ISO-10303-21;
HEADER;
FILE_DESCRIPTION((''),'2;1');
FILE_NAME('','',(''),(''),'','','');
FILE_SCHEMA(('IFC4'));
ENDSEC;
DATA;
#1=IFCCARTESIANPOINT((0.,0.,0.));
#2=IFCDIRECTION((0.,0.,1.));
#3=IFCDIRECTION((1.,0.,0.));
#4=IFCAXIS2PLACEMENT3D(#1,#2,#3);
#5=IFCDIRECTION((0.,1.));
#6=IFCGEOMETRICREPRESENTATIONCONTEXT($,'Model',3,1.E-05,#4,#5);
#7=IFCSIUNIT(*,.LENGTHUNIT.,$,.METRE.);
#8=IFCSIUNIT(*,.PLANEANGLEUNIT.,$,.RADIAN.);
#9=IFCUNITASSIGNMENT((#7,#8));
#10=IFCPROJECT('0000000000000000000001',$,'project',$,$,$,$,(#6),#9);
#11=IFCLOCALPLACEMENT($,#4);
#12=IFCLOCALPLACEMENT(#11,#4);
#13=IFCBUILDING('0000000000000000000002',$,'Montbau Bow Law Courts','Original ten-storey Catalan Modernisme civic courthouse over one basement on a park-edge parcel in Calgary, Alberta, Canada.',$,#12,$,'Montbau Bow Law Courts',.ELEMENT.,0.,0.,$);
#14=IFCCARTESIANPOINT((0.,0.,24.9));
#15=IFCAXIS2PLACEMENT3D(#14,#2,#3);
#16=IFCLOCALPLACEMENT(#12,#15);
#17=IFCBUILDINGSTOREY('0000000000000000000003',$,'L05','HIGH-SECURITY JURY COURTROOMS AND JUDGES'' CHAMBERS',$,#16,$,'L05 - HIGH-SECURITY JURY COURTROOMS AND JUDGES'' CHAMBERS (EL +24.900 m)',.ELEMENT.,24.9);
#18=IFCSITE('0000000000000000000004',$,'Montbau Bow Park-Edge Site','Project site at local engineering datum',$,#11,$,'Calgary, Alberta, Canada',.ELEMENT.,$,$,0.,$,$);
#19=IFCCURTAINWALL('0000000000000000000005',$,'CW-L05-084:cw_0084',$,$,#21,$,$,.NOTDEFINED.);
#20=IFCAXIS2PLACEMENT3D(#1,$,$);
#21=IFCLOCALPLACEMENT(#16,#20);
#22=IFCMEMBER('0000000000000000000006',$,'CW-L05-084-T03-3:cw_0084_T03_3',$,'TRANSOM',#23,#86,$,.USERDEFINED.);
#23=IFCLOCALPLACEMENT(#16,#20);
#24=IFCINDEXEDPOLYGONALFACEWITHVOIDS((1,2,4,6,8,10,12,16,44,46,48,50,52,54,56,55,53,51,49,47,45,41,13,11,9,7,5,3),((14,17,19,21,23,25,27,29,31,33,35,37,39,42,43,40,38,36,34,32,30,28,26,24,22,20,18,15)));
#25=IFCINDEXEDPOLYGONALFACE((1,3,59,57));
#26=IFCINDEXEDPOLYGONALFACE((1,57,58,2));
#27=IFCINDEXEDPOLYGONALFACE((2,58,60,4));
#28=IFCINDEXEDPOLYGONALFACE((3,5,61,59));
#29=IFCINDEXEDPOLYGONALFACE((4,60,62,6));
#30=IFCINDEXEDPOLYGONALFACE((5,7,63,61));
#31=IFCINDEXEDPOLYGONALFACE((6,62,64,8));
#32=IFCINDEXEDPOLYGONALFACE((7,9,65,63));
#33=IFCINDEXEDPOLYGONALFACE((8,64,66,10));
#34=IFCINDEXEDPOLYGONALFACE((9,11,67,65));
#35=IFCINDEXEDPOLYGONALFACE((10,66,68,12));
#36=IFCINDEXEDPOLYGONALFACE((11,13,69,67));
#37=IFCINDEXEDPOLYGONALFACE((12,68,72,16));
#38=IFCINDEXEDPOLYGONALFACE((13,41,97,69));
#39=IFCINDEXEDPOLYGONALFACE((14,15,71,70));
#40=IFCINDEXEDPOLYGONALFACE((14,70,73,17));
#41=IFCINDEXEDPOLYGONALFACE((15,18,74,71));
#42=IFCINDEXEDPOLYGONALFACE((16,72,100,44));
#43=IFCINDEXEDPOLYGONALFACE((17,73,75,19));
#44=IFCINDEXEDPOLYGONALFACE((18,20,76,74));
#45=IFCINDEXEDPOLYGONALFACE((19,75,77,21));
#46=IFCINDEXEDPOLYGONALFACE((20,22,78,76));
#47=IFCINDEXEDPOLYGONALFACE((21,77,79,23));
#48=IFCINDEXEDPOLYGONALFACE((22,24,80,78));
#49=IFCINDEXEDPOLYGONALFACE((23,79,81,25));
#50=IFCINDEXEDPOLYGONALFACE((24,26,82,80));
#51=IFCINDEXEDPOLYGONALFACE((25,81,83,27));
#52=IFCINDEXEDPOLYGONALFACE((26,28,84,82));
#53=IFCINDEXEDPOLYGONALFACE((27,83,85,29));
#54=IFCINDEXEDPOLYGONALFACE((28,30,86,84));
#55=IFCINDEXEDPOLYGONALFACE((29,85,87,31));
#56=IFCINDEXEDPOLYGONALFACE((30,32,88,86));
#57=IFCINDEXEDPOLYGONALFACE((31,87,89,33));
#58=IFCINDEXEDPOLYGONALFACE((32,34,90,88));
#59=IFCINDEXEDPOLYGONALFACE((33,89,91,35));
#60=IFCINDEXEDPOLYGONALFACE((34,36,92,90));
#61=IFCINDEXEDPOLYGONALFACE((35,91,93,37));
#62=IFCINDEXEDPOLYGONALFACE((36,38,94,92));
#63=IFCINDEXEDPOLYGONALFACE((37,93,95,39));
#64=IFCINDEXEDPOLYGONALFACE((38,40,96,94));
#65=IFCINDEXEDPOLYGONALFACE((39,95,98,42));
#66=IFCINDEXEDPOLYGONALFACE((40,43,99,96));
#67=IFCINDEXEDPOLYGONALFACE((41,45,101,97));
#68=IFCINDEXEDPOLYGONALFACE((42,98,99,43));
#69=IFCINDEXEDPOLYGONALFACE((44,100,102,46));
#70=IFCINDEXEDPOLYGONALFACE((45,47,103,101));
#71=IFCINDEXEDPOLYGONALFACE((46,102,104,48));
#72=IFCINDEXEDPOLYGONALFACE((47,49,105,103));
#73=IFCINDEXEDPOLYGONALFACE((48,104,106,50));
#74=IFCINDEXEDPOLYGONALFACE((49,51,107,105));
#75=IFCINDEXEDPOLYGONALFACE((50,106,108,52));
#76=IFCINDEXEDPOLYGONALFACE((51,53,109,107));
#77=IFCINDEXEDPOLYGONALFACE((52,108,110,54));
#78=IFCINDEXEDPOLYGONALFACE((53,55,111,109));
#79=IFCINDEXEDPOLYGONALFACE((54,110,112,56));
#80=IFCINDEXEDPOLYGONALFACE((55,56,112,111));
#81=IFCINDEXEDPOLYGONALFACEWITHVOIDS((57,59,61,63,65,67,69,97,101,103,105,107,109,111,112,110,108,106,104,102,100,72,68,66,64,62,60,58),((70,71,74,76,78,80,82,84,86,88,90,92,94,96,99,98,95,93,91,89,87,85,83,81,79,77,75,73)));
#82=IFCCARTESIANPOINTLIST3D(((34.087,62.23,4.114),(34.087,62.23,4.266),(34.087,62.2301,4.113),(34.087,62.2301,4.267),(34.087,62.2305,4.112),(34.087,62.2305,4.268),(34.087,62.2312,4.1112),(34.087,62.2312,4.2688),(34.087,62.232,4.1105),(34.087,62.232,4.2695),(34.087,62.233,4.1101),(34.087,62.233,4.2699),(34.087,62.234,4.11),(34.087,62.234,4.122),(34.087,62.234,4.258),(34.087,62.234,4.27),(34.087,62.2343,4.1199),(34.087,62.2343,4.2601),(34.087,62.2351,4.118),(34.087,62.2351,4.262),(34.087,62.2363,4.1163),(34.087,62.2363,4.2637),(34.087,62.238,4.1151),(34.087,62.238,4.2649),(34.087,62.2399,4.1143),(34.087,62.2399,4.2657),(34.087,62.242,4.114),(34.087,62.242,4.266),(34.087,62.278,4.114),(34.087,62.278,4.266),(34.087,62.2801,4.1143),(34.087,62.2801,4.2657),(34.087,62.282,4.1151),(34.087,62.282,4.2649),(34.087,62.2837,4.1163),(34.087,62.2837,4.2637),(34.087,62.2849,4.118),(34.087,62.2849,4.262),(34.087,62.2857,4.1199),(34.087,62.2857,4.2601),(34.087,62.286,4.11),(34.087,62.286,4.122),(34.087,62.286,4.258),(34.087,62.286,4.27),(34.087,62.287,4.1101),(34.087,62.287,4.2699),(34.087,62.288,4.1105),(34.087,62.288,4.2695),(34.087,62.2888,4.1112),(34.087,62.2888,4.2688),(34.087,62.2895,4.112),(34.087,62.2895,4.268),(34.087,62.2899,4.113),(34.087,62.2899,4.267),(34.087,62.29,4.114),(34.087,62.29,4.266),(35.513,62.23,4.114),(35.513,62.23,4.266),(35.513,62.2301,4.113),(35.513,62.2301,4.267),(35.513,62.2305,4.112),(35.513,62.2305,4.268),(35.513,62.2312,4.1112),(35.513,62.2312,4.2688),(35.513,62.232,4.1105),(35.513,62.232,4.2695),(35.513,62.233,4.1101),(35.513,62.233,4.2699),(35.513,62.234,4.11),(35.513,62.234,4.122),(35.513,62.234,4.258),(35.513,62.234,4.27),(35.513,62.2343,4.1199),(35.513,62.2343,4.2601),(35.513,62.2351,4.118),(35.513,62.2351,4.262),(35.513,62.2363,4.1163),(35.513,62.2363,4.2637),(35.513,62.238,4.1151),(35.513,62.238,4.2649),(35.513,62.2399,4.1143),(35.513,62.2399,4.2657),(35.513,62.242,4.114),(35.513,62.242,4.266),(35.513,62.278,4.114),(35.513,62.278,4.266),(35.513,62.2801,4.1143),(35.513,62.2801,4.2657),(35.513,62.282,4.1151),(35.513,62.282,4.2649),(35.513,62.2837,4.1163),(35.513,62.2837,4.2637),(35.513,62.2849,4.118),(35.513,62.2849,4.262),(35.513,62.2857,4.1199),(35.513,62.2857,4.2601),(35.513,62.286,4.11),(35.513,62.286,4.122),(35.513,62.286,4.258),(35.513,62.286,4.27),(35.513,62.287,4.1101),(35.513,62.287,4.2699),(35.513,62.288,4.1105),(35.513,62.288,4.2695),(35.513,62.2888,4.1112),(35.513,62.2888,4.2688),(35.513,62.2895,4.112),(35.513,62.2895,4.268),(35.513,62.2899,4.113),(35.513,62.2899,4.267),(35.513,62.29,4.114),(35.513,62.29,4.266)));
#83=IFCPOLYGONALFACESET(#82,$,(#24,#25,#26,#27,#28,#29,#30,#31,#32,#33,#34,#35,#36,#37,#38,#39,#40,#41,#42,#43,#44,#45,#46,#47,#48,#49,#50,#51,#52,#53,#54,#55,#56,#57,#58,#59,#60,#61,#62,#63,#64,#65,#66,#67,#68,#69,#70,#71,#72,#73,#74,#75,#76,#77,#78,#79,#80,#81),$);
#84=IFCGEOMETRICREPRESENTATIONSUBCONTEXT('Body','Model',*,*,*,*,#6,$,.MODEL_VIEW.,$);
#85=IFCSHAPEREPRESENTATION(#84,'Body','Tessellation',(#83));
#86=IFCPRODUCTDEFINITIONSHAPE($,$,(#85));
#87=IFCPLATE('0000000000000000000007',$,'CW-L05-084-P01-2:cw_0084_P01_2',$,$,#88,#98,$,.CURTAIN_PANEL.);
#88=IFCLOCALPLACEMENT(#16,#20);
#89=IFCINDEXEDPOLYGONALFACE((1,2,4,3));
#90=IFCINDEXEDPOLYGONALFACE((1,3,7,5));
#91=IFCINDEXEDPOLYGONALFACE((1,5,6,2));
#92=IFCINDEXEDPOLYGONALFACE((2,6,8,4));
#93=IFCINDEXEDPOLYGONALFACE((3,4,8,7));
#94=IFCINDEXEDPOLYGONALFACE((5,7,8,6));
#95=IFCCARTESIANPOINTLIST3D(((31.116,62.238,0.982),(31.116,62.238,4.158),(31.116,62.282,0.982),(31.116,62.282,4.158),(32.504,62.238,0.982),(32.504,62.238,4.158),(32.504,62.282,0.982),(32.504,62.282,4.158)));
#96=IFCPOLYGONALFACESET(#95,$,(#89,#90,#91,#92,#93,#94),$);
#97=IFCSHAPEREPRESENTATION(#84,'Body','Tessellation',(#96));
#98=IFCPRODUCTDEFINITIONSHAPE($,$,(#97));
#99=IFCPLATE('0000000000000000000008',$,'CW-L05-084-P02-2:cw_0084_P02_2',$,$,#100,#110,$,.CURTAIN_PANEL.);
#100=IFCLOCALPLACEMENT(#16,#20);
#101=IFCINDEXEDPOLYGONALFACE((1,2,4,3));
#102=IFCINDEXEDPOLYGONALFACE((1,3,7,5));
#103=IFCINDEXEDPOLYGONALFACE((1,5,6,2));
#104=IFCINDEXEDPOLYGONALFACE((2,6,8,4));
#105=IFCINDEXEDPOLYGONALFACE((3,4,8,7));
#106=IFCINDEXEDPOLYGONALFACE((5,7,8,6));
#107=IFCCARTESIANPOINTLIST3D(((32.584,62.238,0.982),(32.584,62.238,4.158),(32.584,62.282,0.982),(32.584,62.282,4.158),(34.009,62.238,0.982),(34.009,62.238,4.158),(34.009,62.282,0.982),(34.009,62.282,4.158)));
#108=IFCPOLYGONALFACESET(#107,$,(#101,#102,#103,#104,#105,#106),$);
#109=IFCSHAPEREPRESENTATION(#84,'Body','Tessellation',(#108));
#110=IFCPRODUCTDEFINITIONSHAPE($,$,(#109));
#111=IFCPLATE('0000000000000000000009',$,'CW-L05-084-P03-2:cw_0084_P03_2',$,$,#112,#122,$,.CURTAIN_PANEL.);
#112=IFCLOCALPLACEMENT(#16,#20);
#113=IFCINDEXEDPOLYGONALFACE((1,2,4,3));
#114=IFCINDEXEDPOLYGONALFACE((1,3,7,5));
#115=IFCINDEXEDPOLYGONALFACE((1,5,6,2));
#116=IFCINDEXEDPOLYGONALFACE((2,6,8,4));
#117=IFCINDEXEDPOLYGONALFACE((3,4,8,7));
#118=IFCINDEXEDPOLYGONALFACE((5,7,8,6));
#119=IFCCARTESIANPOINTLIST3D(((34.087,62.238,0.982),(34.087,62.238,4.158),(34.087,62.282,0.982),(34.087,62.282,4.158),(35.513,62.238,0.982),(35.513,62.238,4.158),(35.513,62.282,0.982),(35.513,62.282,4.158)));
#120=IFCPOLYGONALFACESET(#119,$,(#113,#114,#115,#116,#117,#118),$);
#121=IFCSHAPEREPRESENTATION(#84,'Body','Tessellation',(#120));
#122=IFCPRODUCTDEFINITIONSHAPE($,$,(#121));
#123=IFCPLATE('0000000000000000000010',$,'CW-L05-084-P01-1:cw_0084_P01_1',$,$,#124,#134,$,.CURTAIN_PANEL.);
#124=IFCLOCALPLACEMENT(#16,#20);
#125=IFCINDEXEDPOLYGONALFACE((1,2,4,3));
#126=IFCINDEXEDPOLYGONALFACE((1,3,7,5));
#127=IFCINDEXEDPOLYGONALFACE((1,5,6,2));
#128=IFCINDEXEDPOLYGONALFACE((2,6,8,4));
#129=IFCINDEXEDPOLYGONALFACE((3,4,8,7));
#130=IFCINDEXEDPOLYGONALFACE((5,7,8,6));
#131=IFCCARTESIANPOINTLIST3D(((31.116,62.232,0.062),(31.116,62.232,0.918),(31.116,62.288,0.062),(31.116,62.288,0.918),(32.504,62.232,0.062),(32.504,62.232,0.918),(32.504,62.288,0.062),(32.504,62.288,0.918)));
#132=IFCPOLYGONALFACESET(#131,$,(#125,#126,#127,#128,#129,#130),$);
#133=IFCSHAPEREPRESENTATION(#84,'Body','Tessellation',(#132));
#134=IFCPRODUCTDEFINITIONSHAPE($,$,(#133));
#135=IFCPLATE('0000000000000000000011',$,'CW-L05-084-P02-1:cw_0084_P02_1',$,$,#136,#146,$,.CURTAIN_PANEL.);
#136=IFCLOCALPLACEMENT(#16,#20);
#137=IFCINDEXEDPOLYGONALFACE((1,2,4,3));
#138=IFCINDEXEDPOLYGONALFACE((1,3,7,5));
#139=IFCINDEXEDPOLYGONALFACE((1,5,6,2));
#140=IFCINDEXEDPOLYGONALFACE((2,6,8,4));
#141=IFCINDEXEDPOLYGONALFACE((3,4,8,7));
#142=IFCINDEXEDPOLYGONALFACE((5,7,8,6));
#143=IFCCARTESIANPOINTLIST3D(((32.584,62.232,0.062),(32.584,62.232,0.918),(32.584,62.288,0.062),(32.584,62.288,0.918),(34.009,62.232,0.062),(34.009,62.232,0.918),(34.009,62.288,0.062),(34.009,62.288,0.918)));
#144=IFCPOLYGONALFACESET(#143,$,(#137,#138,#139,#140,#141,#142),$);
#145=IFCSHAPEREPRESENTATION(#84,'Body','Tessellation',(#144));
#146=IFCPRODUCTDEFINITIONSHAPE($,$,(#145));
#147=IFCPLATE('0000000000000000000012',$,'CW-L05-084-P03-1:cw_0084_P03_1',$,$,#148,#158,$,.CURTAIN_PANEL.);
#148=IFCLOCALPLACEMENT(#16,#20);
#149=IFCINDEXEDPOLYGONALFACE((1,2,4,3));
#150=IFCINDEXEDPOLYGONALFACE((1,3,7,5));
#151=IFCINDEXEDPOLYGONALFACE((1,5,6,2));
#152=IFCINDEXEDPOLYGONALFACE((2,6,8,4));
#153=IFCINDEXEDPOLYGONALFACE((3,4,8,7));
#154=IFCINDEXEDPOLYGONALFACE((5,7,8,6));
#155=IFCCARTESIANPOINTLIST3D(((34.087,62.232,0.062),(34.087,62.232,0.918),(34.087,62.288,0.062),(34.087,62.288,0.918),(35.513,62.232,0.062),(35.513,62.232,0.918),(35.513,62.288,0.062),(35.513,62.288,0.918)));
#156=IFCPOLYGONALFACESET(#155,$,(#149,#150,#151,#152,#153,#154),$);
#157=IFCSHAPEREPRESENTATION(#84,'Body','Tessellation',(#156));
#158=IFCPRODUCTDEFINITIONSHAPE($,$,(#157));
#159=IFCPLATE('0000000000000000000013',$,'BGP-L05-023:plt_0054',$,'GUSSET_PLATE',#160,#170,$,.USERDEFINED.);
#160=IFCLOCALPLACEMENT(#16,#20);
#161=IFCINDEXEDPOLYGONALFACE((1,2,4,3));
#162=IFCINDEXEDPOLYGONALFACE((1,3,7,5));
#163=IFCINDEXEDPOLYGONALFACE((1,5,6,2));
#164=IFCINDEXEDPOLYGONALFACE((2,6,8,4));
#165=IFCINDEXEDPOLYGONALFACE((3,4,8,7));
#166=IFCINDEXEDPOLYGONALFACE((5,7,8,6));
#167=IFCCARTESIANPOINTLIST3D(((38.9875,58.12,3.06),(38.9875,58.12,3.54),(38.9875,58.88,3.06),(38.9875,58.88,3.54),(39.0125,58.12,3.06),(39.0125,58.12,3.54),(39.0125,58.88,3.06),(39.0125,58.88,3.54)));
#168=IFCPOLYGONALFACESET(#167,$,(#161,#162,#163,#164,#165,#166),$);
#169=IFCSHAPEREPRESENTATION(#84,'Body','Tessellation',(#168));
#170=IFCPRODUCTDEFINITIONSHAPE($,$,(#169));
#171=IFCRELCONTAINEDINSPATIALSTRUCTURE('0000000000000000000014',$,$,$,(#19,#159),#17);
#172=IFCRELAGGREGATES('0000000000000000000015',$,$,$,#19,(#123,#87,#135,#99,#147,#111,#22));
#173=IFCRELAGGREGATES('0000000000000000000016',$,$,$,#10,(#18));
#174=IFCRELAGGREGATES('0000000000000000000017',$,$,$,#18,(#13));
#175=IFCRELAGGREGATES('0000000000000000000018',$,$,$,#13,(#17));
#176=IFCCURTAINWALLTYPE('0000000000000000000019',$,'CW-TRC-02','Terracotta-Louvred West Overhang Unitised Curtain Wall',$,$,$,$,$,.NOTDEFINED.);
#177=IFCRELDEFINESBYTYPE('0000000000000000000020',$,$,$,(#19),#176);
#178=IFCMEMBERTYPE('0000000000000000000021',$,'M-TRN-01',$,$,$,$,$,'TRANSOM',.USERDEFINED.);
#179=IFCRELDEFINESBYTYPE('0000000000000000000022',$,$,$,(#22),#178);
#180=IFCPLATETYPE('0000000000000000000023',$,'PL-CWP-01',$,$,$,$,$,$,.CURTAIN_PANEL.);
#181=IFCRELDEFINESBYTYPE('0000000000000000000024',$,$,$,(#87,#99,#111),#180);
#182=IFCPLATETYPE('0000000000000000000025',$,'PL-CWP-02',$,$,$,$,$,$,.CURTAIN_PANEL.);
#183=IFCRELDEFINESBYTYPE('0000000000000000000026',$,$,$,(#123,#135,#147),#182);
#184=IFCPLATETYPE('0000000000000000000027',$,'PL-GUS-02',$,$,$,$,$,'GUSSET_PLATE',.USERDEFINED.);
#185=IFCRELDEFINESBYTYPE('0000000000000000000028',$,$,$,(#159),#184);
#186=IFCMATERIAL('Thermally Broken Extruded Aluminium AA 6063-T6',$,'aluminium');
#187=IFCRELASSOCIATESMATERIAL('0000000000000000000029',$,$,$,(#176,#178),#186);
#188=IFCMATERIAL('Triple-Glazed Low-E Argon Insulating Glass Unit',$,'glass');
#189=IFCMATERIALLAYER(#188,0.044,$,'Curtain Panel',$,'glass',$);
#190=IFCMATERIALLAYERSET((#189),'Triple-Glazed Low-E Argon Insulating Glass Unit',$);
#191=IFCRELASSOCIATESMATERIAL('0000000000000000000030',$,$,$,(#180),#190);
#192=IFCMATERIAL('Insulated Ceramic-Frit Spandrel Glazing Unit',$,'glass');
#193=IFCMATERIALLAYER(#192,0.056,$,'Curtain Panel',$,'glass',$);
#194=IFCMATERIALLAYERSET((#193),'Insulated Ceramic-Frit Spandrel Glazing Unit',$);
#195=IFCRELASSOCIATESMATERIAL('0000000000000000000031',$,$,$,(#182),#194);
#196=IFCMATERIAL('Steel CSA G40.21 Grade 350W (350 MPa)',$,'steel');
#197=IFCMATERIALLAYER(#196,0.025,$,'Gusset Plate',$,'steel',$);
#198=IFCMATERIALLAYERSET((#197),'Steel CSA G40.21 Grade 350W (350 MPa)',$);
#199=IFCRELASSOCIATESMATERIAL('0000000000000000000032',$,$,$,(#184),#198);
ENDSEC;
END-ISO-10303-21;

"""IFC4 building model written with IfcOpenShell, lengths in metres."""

from ifc_helpers import new_model, si_unit, direction, frame, frame_2d, origin_with_axes, origin_2d_with_axis, place, context, subcontext, project, spatial, rectangle, hollow_rectangle, extrude, material, layer, layer_set, material_profile, profile_set, type_object, element, aggregate, save


model = new_model("IFC4")

# Units and contexts
model_context = context("Model", 3, precision=1e-05, world=origin_with_axes(), true_north=direction((0.0, 1.0)))
body_context = subcontext(model_context, "Body", "Model", "MODEL_VIEW")
ifc_project = project(units=[si_unit("LENGTHUNIT", "METRE"), si_unit("PLANEANGLEUNIT", "RADIAN")], contexts=[model_context])

# Site, building, storey
site_placement = place(None, origin_with_axes())
site = spatial("IfcSite", under=ifc_project, at=site_placement, Name="Montbau Bow Park-Edge Site", Description="Project site at local engineering datum", LongName="Calgary, Alberta, Canada", CompositionType="ELEMENT", RefElevation=0.0)
building_placement = place(site_placement, origin_with_axes())
building = spatial("IfcBuilding", under=site, at=building_placement, Name="Montbau Bow Law Courts", Description="Original ten-storey Catalan Modernisme civic courthouse over one basement on a park-edge parcel in Calgary, Alberta, Canada.", LongName="Montbau Bow Law Courts", CompositionType="ELEMENT", ElevationOfRefHeight=0.0, ElevationOfTerrain=0.0)
storey_placement = place(building_placement, frame((0.0, 0.0, 24.9), z_axis=(0.0, 0.0, 1.0), x_axis=(1.0, 0.0, 0.0)))
storey = spatial("IfcBuildingStorey", under=building, at=storey_placement, Name="L05", Description="HIGH-SECURITY JURY COURTROOMS AND JUDGES' CHAMBERS", LongName="L05 - HIGH-SECURITY JURY COURTROOMS AND JUDGES' CHAMBERS (EL +24.900 m)", CompositionType="ELEMENT", Elevation=24.9)

# Shared definitions
ifc_material_1 = material(Name="Steel CSA G40.21 Grade 350W (350 MPa)", Category="steel")

# Curtain wall, member, plates
ifc_material_2 = material(Name="Thermally Broken Extruded Aluminium AA 6063-T6", Category="aluminium")
curtain_wall_type = type_object("IfcCurtainWallType", Name="CW-TRC-02", Description="Terracotta-Louvred West Overhang Unitised Curtain Wall", PredefinedType="NOTDEFINED", material=ifc_material_2)
curtain_wall_placement = place(None, frame((31.04, 62.26, 24.9), z_axis=(0.0, 0.0, 1.0), x_axis=(1.0, 0.0, 0.0)))
curtain_wall = element("IfcCurtainWall", 1, at=curtain_wall_placement, inside=storey, type_object=curtain_wall_type, Name="CW-L05-084:cw_0084", PredefinedType="NOTDEFINED")
ifc_material_profile_1 = material_profile(ifc_material_2, hollow_rectangle(XDim=0.06, YDim=0.16, WallThickness=0.004, InnerFilletRadius=0.008, OuterFilletRadius=0.004, at=origin_2d_with_axis()), Name="CWT-160X60", Category="Main", Priority=0)
ifc_profile_set_1 = profile_set([ifc_material_profile_1], Name="Thermally Broken Extruded Aluminium AA 6063-T6")
member_type_1 = type_object("IfcMemberType", Name="M-TRN-01", ElementType="TRANSOM", PredefinedType="USERDEFINED", material=ifc_profile_set_1)
member_1_placement = place(None, frame((34.087, 62.26, 29.09), z_axis=(1.0, 0.0, 0.0), x_axis=(0.0, 1.0, 0.0)))
member_1 = element("IfcMember", 2, at=member_1_placement, type_object=member_type_1, Name="CW-L05-084-T03-3:cw_0084_T03_3", ObjectType="TRANSOM", PredefinedType="USERDEFINED", context=body_context, shape_type="SweptSolid", body=[
    extrude(hollow_rectangle(XDim=0.06, YDim=0.16, WallThickness=0.004, InnerFilletRadius=0.008, OuterFilletRadius=0.004, at=origin_2d_with_axis()), origin_with_axes(), (0.0, 0.0, 1.0), 1.426),
])
ifc_material_3 = material(Name="Triple-Glazed Low-E Argon Insulating Glass Unit", Category="glass")
ifc_layer_1 = layer(ifc_material_3, 0.044, Name="Curtain Panel", Category="glass")
ifc_layer_set_1 = layer_set([ifc_layer_1], Name="Triple-Glazed Low-E Argon Insulating Glass Unit")
plate_type_1 = type_object("IfcPlateType", Name="PL-CWP-01", PredefinedType="CURTAIN_PANEL", material=ifc_layer_set_1)
plate_1_placement = place(None, frame((31.116, 62.26, 25.882), z_axis=(0.0, -1.0, 0.0), x_axis=(1.0, 0.0, 0.0)))
plate_1 = element("IfcPlate", 3, at=plate_1_placement, type_object=plate_type_1, Name="CW-L05-084-P01-2:cw_0084_P01_2", PredefinedType="CURTAIN_PANEL", context=body_context, shape_type="SweptSolid", body=[
    extrude(rectangle(XDim=1.388, YDim=3.176, at=frame_2d((0.694, 1.588), x_axis=(1.0, 0.0))), frame((0.0, 0.0, -0.022), z_axis=(0.0, 0.0, 1.0), x_axis=(1.0, 0.0, 0.0)), (0.0, 0.0, 1.0), 0.044),
])
plate_2_placement = place(None, frame((32.584, 62.26, 25.882), z_axis=(0.0, -1.0, 0.0), x_axis=(1.0, 0.0, 0.0)))
plate_2 = element("IfcPlate", 4, at=plate_2_placement, type_object=plate_type_1, Name="CW-L05-084-P02-2:cw_0084_P02_2", PredefinedType="CURTAIN_PANEL", context=body_context, shape_type="SweptSolid", body=[
    extrude(rectangle(XDim=1.425, YDim=3.176, at=frame_2d((0.7125, 1.588), x_axis=(1.0, 0.0))), frame((0.0, 0.0, -0.022), z_axis=(0.0, 0.0, 1.0), x_axis=(1.0, 0.0, 0.0)), (0.0, 0.0, 1.0), 0.044),
])
plate_3_placement = place(None, frame((34.087, 62.26, 25.882), z_axis=(0.0, -1.0, 0.0), x_axis=(1.0, 0.0, 0.0)))
plate_3 = element("IfcPlate", 5, at=plate_3_placement, type_object=plate_type_1, Name="CW-L05-084-P03-2:cw_0084_P03_2", PredefinedType="CURTAIN_PANEL", context=body_context, shape_type="SweptSolid", body=[
    extrude(rectangle(XDim=1.426, YDim=3.176, at=frame_2d((0.713, 1.588), x_axis=(1.0, 0.0))), frame((0.0, 0.0, -0.022), z_axis=(0.0, 0.0, 1.0), x_axis=(1.0, 0.0, 0.0)), (0.0, 0.0, 1.0), 0.044),
])
ifc_material_4 = material(Name="Insulated Ceramic-Frit Spandrel Glazing Unit", Category="glass")
ifc_layer_2 = layer(ifc_material_4, 0.056, Name="Curtain Panel", Category="glass")
ifc_layer_set_2 = layer_set([ifc_layer_2], Name="Insulated Ceramic-Frit Spandrel Glazing Unit")
plate_type_2 = type_object("IfcPlateType", Name="PL-CWP-02", PredefinedType="CURTAIN_PANEL", material=ifc_layer_set_2)
plate_4_placement = place(None, frame((31.116, 62.26, 24.962), z_axis=(0.0, -1.0, 0.0), x_axis=(1.0, 0.0, 0.0)))
plate_4 = element("IfcPlate", 6, at=plate_4_placement, type_object=plate_type_2, Name="CW-L05-084-P01-1:cw_0084_P01_1", PredefinedType="CURTAIN_PANEL", context=body_context, shape_type="SweptSolid", body=[
    extrude(rectangle(XDim=1.388, YDim=0.856, at=frame_2d((0.694, 0.428), x_axis=(1.0, 0.0))), frame((0.0, 0.0, -0.028), z_axis=(0.0, 0.0, 1.0), x_axis=(1.0, 0.0, 0.0)), (0.0, 0.0, 1.0), 0.056),
])
plate_5_placement = place(None, frame((32.584, 62.26, 24.962), z_axis=(0.0, -1.0, 0.0), x_axis=(1.0, 0.0, 0.0)))
plate_5 = element("IfcPlate", 7, at=plate_5_placement, type_object=plate_type_2, Name="CW-L05-084-P02-1:cw_0084_P02_1", PredefinedType="CURTAIN_PANEL", context=body_context, shape_type="SweptSolid", body=[
    extrude(rectangle(XDim=1.425, YDim=0.856, at=frame_2d((0.7125, 0.428), x_axis=(1.0, 0.0))), frame((0.0, 0.0, -0.028), z_axis=(0.0, 0.0, 1.0), x_axis=(1.0, 0.0, 0.0)), (0.0, 0.0, 1.0), 0.056),
])
plate_6_placement = place(None, frame((34.087, 62.26, 24.962), z_axis=(0.0, -1.0, 0.0), x_axis=(1.0, 0.0, 0.0)))
plate_6 = element("IfcPlate", 8, at=plate_6_placement, type_object=plate_type_2, Name="CW-L05-084-P03-1:cw_0084_P03_1", PredefinedType="CURTAIN_PANEL", context=body_context, shape_type="SweptSolid", body=[
    extrude(rectangle(XDim=1.426, YDim=0.856, at=frame_2d((0.713, 0.428), x_axis=(1.0, 0.0))), frame((0.0, 0.0, -0.028), z_axis=(0.0, 0.0, 1.0), x_axis=(1.0, 0.0, 0.0)), (0.0, 0.0, 1.0), 0.056),
])
aggregate(curtain_wall, [plate_4, plate_1, plate_5, plate_2, plate_6, plate_3, member_1])

# Plate
ifc_layer_3 = layer(ifc_material_1, 0.025, Name="Gusset Plate", Category="steel")
ifc_layer_set_3 = layer_set([ifc_layer_3], Name="Steel CSA G40.21 Grade 350W (350 MPa)")
plate_type_3 = type_object("IfcPlateType", Name="PL-GUS-02", ElementType="GUSSET_PLATE", PredefinedType="USERDEFINED", material=ifc_layer_set_3)
plate_7_placement = place(None, frame((39.0, 58.5, 27.96), z_axis=(0.0, 0.0, 1.0), x_axis=(0.0, 1.0, 0.0)))
element("IfcPlate", 9, at=plate_7_placement, inside=storey, type_object=plate_type_3, Name="BGP-L05-023:plt_0054", ObjectType="GUSSET_PLATE", PredefinedType="USERDEFINED", context=body_context, shape_type="SweptSolid", body=[
    extrude(rectangle(XDim=0.76, YDim=0.025, at=origin_2d_with_axis()), origin_with_axes(), (0.0, 0.0, 1.0), 0.48),
])

save(model, "model.ifc")
